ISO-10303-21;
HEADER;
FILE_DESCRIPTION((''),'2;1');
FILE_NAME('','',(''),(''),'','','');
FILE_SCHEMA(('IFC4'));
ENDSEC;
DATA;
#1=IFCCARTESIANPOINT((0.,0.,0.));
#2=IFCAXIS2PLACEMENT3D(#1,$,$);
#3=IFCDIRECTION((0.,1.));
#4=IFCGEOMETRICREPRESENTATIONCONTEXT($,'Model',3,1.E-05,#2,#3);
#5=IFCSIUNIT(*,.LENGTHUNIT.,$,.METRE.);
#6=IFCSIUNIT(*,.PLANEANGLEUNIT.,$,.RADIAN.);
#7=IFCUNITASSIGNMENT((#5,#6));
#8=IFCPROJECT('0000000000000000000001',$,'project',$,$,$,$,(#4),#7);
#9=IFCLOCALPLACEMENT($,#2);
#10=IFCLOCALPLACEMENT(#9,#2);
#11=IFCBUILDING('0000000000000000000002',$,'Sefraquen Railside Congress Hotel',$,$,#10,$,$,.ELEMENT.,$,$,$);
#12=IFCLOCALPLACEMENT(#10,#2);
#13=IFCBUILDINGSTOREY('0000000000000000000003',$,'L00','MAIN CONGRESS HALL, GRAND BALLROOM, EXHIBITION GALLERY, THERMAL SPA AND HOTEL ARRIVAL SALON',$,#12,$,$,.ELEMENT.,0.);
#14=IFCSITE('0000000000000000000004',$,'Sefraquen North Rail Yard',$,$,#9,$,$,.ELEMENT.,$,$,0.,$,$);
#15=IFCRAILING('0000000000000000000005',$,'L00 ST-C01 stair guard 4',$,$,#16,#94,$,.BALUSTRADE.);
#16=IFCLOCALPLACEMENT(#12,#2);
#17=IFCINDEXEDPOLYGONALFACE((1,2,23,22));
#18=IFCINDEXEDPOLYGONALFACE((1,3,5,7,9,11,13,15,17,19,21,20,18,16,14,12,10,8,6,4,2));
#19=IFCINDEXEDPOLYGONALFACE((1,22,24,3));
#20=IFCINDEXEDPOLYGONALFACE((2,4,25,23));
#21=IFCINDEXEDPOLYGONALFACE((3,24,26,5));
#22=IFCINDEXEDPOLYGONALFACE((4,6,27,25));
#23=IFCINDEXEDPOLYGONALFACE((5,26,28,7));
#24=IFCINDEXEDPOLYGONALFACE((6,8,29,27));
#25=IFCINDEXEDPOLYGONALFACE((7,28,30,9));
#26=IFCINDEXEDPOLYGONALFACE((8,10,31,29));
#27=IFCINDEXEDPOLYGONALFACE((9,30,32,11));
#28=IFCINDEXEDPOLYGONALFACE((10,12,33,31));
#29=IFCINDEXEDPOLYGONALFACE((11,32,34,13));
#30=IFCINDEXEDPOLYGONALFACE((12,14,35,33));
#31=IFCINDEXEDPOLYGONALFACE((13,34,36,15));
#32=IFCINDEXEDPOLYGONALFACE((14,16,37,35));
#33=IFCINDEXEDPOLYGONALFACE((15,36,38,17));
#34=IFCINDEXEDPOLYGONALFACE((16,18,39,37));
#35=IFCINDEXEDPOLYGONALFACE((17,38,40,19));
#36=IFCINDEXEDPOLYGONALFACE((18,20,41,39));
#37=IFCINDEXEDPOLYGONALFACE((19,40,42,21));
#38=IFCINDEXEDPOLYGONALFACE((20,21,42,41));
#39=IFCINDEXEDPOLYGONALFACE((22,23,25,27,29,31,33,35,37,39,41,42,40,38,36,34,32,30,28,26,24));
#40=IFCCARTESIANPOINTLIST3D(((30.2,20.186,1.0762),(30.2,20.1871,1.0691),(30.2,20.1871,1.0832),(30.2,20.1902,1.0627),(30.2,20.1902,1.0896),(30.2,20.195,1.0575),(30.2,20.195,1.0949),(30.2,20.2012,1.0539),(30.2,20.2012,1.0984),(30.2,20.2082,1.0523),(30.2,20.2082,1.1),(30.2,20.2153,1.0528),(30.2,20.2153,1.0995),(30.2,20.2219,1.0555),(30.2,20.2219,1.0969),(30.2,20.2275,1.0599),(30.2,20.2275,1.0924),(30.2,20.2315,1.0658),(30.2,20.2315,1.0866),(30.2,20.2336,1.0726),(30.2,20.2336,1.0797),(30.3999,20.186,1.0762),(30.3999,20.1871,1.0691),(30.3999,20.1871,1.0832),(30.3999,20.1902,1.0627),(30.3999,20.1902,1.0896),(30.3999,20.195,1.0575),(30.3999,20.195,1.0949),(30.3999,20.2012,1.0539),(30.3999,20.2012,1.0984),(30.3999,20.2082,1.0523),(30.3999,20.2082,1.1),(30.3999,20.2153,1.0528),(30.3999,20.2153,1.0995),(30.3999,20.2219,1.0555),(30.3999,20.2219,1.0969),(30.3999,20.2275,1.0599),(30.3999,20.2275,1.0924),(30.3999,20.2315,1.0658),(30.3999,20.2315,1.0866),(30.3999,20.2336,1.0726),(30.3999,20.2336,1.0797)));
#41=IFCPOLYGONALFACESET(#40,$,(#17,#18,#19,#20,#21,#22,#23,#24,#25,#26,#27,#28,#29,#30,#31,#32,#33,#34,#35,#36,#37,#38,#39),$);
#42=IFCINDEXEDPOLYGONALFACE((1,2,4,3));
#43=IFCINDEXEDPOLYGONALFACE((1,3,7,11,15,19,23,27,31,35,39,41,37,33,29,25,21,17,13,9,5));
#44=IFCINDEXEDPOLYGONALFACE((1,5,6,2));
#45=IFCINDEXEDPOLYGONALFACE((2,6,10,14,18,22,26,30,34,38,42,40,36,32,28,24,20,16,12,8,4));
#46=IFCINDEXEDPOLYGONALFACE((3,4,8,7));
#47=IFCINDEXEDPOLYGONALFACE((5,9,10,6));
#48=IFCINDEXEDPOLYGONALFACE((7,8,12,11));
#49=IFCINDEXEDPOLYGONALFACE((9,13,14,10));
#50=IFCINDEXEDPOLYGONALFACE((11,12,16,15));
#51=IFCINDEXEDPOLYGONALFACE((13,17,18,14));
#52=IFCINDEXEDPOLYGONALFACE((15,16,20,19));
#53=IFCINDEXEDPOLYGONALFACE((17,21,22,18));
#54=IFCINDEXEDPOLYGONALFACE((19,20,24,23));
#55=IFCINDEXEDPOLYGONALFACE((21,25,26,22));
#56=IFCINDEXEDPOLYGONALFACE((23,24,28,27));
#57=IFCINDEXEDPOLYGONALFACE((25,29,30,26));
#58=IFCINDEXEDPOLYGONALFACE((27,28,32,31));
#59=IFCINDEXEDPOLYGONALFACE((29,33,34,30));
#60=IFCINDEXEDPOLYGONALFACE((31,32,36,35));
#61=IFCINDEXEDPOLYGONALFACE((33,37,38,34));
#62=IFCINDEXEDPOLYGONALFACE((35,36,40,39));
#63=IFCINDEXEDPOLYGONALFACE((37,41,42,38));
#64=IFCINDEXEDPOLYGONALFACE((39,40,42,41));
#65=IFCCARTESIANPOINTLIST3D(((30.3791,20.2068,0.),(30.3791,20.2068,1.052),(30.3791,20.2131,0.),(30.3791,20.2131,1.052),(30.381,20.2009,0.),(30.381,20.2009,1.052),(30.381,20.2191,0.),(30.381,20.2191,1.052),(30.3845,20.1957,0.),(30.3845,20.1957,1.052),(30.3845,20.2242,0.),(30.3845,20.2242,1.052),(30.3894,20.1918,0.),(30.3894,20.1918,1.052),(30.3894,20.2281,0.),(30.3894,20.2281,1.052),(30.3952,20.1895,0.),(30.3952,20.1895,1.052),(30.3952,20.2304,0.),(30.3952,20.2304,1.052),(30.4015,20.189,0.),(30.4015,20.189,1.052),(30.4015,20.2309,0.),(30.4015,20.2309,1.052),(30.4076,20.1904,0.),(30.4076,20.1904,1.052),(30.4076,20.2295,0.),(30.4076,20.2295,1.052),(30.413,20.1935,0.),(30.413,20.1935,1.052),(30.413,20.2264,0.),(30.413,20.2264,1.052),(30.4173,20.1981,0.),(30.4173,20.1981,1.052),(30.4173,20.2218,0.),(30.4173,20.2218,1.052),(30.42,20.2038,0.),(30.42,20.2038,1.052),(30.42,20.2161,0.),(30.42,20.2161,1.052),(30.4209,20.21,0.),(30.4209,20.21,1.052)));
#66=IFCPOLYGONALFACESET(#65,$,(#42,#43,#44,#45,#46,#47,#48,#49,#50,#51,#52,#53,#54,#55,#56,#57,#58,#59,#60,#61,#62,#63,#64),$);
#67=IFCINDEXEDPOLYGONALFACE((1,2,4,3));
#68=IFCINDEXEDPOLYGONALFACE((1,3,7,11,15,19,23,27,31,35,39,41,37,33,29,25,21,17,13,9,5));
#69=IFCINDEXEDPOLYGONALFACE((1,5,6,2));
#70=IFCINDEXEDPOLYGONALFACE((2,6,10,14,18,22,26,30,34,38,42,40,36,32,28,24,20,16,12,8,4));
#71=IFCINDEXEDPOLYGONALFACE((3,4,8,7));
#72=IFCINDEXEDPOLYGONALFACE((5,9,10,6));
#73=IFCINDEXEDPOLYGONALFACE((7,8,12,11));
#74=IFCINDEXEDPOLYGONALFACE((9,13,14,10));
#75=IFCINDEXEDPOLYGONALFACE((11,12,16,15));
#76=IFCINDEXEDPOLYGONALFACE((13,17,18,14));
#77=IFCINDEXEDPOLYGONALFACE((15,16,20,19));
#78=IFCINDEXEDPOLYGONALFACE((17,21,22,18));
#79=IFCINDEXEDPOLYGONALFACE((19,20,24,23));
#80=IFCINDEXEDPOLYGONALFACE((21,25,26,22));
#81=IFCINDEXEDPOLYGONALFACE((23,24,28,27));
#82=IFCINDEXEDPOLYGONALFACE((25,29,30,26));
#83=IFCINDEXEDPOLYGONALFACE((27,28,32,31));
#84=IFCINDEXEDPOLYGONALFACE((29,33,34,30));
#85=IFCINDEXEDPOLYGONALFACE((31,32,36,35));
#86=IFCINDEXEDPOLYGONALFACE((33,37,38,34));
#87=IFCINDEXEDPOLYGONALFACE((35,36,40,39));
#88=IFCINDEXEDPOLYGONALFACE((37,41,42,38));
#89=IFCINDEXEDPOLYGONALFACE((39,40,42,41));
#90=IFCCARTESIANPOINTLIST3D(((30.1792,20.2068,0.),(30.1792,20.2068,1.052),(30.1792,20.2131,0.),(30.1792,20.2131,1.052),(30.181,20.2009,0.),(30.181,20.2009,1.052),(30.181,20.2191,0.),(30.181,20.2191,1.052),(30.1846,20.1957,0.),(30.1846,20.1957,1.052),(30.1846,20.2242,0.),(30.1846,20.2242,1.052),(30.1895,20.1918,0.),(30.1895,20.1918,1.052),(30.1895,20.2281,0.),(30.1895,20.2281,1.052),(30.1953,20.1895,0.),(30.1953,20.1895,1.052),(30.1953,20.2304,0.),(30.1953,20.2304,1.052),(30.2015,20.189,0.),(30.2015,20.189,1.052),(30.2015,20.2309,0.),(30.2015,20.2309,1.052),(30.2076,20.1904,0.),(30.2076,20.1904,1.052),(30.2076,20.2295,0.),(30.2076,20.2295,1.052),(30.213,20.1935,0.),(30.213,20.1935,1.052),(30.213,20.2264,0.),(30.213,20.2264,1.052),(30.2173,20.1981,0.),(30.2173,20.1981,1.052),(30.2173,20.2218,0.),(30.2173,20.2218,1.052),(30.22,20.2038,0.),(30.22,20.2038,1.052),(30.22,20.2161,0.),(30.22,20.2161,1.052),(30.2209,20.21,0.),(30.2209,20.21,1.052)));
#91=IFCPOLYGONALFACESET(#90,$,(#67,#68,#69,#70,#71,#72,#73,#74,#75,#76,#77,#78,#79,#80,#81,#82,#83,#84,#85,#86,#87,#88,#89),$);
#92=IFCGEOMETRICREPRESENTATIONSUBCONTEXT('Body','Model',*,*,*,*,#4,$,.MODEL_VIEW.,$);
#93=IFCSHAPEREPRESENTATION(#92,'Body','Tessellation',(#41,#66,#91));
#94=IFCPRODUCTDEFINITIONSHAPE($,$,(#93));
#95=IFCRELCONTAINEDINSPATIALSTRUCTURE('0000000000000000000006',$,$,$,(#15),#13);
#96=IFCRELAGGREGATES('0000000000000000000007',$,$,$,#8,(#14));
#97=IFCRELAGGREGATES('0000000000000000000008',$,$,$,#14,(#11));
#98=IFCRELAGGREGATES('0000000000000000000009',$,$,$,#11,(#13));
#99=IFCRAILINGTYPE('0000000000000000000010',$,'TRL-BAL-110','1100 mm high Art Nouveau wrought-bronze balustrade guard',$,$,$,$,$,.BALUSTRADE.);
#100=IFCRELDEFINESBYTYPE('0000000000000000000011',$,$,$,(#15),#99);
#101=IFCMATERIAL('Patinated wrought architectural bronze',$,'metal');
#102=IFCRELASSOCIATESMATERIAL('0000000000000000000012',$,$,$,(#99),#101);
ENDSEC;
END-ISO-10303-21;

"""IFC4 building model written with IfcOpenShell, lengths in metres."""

from ifc_helpers import new_model, si_unit, direction, frame, origin, origin_2d, place, context, subcontext, project, spatial, circle, extrude, material, type_object, element, save


model = new_model("IFC4")

# Units and contexts
model_context = context("Model", 3, precision=1e-05, world=origin(), true_north=direction((0.0, 1.0)))
body_context = subcontext(model_context, "Body", "Model", "MODEL_VIEW")
ifc_project = project(units=[si_unit("LENGTHUNIT", "METRE"), si_unit("PLANEANGLEUNIT", "RADIAN")], contexts=[model_context])

# Site, building, storey
site_placement = place(None, origin())
site = spatial("IfcSite", under=ifc_project, at=site_placement, Name="Sefraquen North Rail Yard", CompositionType="ELEMENT", RefElevation=0.0)
building_placement = place(site_placement, origin())
building = spatial("IfcBuilding", under=site, at=building_placement, Name="Sefraquen Railside Congress Hotel", CompositionType="ELEMENT")
storey_placement = place(building_placement, origin())
storey = spatial("IfcBuildingStorey", under=building, at=storey_placement, Name="L00", Description="MAIN CONGRESS HALL, GRAND BALLROOM, EXHIBITION GALLERY, THERMAL SPA AND HOTEL ARRIVAL SALON", CompositionType="ELEMENT", Elevation=0.0)

# Railing
ifc_material_1 = material(Name="Patinated wrought architectural bronze", Category="metal")
railing_type_1 = type_object("IfcRailingType", Name="TRL-BAL-110", Description="1100 mm high Art Nouveau wrought-bronze balustrade guard", PredefinedType="BALUSTRADE", material=ifc_material_1)
railing_1_placement = place(storey_placement, frame((30.3999, 20.21, 0.0)))
element("IfcRailing", 1, at=railing_1_placement, inside=storey, type_object=railing_type_1, Name="L00 ST-C01 stair guard 4", PredefinedType="BALUSTRADE", context=body_context, shape_type="SweptSolid", body=[
    extrude(circle(Radius=0.0239, at=origin_2d()), frame((0.0, 0.0, 1.0762), z_axis=(-1.0, 0.0, 0.0), x_axis=(0.0, -1.0, 0.0)), (0.0, 0.0, 1.0), 0.2),
    extrude(circle(Radius=0.021, at=origin_2d()), origin(), (0.0, 0.0, 1.0), 1.052),
    extrude(circle(Radius=0.021, at=origin_2d()), frame((-0.2, 0.0, 0.0)), (0.0, 0.0, 1.0), 1.052),
])

save(model, "model.ifc")
